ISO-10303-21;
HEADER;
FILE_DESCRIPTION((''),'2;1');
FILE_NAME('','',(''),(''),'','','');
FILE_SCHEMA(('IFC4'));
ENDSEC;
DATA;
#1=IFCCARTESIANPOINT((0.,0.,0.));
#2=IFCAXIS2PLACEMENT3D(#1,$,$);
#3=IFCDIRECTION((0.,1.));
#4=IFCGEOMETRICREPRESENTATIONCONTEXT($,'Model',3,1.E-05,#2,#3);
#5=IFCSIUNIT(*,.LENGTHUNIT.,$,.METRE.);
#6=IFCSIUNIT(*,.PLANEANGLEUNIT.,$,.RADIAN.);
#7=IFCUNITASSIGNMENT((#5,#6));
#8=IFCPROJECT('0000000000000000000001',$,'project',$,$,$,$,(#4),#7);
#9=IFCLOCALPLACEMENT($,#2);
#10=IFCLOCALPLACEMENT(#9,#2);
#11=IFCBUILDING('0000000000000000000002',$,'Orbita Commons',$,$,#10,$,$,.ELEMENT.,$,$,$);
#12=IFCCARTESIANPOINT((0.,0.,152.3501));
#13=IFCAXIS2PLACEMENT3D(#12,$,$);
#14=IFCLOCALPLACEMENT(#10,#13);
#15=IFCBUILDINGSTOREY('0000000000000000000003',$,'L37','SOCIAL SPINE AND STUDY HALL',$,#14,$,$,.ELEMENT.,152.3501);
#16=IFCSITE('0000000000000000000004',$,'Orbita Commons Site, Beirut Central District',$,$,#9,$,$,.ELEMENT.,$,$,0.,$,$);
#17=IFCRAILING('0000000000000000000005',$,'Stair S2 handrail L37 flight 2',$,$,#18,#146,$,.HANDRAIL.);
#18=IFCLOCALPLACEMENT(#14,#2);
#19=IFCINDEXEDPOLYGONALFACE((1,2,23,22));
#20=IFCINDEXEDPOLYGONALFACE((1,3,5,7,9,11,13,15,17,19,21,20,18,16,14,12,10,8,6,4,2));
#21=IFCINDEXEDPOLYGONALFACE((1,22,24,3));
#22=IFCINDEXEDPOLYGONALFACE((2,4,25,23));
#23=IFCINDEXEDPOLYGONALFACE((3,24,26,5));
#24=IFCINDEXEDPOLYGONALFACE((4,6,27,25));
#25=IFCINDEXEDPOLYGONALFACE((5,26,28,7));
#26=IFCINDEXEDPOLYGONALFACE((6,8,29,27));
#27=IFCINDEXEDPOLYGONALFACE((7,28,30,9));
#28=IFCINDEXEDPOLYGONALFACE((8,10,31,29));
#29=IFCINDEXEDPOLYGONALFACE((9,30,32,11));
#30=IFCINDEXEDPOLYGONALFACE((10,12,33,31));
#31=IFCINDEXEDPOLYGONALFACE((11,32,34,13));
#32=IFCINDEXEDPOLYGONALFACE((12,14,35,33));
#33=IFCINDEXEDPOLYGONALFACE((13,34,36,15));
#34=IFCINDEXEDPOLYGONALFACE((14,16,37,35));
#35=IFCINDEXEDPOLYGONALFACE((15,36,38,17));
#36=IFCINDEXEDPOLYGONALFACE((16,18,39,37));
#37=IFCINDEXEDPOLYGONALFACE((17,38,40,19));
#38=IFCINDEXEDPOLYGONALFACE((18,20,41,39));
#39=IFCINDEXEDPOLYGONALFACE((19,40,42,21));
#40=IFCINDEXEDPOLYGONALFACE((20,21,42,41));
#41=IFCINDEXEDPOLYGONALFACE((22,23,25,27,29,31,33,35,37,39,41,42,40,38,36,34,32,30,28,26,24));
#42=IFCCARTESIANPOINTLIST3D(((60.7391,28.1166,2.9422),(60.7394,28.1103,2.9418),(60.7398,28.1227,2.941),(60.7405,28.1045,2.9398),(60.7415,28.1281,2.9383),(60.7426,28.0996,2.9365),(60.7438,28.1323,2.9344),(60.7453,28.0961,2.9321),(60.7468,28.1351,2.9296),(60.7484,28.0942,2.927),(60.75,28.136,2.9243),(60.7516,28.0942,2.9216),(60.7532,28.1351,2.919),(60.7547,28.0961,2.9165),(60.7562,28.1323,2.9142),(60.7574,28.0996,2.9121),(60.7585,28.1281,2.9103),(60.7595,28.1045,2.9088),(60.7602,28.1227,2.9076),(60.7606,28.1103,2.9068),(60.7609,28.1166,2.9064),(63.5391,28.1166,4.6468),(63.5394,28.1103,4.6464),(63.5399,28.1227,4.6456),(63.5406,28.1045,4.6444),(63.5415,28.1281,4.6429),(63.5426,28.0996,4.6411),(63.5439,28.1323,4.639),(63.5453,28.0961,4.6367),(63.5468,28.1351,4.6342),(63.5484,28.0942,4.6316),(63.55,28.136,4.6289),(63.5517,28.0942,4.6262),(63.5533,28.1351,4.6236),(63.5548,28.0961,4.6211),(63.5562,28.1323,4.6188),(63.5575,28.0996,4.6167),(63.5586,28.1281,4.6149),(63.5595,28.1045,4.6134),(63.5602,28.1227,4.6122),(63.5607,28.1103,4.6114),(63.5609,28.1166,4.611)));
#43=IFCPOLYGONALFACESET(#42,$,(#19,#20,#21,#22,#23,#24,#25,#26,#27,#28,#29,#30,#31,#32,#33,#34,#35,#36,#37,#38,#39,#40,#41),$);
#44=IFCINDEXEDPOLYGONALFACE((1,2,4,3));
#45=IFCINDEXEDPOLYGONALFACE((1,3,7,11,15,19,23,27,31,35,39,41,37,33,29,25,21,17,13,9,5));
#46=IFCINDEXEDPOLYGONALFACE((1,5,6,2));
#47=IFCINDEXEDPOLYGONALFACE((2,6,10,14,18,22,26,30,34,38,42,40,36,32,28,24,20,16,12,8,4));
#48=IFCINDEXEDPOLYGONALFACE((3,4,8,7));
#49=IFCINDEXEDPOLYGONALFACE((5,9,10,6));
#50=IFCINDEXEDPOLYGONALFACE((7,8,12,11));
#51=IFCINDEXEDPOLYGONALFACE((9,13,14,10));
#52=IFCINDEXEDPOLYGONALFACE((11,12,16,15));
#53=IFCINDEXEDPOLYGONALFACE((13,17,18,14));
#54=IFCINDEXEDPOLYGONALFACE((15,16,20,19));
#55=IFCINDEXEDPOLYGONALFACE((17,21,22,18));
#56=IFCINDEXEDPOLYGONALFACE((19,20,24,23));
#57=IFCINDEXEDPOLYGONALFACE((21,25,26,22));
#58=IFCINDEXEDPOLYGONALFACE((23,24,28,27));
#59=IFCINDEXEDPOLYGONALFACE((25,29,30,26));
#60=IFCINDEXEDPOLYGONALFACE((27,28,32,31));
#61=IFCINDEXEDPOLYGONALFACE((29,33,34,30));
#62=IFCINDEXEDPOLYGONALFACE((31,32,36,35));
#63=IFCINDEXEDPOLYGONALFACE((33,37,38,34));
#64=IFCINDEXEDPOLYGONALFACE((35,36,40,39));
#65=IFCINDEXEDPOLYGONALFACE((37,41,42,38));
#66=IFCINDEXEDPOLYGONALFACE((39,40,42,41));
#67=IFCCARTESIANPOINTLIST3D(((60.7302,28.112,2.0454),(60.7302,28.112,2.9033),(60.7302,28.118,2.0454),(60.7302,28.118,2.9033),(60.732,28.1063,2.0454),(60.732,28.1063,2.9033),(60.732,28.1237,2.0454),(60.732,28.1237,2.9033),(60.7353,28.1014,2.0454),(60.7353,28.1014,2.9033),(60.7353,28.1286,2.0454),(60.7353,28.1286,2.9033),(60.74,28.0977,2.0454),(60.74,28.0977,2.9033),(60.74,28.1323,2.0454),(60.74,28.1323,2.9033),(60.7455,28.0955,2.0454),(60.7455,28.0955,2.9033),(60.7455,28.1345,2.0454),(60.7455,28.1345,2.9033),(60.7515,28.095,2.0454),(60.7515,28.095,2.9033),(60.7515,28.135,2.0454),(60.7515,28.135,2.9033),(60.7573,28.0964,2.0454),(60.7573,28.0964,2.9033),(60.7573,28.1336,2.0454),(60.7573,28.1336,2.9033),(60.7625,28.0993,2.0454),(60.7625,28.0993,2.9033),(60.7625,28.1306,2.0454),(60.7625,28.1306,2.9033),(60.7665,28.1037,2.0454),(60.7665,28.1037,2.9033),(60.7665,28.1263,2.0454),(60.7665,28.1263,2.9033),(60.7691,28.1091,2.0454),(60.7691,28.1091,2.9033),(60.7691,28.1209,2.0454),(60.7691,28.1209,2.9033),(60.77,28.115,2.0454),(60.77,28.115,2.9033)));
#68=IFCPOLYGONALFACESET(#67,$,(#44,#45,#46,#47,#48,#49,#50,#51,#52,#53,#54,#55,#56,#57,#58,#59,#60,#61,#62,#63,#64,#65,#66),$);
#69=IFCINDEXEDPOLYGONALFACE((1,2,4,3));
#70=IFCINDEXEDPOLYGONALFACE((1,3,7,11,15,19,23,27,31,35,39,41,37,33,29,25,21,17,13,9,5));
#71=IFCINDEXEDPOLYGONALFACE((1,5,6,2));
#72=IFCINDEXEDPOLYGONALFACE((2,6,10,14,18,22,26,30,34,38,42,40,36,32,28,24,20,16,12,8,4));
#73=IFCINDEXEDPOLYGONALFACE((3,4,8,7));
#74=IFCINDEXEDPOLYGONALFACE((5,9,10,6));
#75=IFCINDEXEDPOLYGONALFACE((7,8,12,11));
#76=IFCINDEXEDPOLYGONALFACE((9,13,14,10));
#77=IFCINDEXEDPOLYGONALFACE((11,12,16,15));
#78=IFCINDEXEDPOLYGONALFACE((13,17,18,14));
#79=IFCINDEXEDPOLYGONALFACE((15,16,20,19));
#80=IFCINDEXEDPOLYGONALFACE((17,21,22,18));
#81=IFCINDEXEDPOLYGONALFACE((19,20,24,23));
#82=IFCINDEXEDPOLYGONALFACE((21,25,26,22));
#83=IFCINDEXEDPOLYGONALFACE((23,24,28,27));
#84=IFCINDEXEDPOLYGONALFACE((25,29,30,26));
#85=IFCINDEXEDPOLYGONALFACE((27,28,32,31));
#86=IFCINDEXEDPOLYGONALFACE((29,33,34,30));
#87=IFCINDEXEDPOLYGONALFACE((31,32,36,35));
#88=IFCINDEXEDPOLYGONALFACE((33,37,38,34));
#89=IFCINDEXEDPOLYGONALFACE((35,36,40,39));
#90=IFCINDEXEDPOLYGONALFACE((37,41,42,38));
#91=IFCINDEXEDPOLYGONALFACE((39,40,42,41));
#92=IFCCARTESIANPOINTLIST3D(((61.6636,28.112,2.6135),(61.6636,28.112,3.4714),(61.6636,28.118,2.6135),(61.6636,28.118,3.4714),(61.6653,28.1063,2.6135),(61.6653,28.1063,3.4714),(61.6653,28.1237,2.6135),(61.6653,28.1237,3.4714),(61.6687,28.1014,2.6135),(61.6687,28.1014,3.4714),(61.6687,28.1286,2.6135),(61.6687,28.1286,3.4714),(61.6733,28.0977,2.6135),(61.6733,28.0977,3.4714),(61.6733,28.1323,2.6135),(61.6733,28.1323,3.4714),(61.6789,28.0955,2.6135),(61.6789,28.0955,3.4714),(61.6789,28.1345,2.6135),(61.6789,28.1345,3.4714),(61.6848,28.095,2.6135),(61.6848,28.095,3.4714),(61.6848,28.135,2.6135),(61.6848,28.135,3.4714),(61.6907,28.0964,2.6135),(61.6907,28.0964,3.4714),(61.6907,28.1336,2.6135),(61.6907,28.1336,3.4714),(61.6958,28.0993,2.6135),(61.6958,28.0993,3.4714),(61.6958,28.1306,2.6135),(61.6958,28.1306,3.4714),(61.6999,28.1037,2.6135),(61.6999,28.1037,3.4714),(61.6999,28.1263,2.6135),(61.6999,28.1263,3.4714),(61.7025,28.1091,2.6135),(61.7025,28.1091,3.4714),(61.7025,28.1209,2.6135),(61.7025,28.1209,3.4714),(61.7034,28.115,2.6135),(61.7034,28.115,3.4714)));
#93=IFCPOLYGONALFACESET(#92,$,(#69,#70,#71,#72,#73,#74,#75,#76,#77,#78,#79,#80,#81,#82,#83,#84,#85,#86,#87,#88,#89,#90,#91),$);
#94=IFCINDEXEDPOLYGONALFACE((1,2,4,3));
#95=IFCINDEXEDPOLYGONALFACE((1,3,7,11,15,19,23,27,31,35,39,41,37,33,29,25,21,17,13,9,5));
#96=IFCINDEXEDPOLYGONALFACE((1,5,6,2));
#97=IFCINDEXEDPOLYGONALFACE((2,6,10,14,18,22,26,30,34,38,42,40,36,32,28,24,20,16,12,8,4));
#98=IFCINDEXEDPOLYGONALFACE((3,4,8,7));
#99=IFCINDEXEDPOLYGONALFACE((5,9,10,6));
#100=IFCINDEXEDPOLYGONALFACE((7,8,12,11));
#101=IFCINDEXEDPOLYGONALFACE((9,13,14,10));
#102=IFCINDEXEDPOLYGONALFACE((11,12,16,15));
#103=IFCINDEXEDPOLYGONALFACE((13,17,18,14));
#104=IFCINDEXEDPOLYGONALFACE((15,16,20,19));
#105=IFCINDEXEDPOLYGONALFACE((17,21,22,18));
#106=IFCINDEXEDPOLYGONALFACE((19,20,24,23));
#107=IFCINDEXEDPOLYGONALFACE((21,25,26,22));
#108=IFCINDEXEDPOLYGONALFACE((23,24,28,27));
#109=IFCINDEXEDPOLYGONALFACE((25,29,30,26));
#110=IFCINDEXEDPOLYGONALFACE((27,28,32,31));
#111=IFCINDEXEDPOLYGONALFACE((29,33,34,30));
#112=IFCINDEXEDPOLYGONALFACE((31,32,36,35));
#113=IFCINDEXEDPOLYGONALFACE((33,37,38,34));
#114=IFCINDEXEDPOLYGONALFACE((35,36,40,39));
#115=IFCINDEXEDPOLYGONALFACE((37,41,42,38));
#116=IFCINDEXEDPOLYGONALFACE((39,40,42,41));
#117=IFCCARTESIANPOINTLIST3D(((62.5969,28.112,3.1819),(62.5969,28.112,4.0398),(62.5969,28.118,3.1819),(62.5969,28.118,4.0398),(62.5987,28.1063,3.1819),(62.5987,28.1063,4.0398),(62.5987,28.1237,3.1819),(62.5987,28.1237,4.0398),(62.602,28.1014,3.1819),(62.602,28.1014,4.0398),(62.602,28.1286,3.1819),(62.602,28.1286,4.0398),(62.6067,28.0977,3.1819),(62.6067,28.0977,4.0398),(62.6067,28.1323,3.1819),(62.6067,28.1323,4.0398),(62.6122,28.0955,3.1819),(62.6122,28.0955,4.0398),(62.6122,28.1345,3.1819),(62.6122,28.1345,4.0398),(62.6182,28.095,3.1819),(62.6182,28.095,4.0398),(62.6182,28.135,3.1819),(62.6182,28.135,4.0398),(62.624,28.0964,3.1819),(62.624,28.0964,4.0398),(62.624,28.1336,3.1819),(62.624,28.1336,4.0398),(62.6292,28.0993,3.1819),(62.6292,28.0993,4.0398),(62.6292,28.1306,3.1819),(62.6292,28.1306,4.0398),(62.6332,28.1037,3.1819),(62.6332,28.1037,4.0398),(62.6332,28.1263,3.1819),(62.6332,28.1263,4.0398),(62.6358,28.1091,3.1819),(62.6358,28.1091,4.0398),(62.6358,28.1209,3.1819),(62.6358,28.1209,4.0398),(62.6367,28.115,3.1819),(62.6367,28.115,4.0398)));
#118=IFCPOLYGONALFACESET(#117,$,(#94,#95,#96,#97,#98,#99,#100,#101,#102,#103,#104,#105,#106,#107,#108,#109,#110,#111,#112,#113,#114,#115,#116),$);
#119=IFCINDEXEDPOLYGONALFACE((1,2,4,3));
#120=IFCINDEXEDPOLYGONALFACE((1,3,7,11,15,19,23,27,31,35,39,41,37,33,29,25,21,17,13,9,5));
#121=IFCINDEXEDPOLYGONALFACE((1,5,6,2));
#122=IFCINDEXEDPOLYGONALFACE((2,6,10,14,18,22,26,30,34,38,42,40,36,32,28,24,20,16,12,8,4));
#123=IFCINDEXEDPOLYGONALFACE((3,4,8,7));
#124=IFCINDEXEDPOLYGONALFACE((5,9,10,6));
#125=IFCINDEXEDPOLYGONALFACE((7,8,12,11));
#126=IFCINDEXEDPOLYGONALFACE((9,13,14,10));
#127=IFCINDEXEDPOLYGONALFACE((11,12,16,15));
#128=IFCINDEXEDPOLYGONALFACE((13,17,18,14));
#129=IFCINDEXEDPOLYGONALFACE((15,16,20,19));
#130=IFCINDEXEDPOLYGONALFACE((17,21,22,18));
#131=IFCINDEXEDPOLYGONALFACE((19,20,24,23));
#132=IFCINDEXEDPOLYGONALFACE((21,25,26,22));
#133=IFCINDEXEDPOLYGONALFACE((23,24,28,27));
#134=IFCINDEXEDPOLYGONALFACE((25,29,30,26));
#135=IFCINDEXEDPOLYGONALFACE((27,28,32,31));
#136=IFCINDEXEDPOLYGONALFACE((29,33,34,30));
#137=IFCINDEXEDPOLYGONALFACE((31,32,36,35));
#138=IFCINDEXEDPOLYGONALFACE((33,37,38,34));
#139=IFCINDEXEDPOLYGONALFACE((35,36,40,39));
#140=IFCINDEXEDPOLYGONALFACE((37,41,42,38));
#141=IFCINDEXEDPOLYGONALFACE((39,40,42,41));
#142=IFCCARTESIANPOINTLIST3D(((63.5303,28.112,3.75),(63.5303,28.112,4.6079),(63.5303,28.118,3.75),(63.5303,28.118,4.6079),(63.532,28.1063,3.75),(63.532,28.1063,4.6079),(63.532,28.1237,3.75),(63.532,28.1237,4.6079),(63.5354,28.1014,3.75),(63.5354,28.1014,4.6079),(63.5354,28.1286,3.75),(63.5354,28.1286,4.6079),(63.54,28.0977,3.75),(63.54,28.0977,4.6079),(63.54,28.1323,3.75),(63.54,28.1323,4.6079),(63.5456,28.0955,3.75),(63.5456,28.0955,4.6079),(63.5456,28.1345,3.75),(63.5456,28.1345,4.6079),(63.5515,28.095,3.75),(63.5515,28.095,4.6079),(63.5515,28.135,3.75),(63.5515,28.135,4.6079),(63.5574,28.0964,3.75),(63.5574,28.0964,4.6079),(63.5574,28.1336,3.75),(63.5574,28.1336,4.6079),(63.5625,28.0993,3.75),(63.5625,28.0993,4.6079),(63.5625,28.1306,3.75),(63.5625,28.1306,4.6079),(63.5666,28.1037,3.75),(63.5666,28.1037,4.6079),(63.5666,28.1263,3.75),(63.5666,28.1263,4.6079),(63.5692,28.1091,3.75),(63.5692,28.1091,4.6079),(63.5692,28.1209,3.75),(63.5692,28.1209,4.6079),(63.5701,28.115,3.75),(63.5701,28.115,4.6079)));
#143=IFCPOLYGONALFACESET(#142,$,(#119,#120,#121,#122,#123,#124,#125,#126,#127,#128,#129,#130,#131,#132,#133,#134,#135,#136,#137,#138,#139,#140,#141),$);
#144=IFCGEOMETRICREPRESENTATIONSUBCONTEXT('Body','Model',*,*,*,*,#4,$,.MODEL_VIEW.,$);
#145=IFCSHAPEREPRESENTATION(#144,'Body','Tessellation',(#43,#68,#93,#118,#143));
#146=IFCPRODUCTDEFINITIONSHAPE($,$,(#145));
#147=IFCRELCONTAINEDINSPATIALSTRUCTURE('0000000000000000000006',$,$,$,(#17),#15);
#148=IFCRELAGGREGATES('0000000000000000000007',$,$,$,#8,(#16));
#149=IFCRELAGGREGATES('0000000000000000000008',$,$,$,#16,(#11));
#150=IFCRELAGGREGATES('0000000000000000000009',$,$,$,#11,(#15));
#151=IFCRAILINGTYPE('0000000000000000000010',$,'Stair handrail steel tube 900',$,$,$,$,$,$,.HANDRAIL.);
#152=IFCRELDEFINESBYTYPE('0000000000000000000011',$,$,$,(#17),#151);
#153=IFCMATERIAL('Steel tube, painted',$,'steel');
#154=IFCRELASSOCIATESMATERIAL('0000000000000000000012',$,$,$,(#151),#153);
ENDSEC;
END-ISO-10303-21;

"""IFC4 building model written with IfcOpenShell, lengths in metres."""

from ifc_helpers import new_model, si_unit, direction, frame, origin, origin_2d, place, context, subcontext, project, spatial, circle, extrude, material, type_object, element, save


model = new_model("IFC4")

# Units and contexts
model_context = context("Model", 3, precision=1e-05, world=origin(), true_north=direction((0.0, 1.0)))
body_context = subcontext(model_context, "Body", "Model", "MODEL_VIEW")
ifc_project = project(units=[si_unit("LENGTHUNIT", "METRE"), si_unit("PLANEANGLEUNIT", "RADIAN")], contexts=[model_context])

# Site, building, storey
site_placement = place(None, origin())
site = spatial("IfcSite", under=ifc_project, at=site_placement, Name="Orbita Commons Site, Beirut Central District", CompositionType="ELEMENT", RefElevation=0.0)
building_placement = place(site_placement, origin())
building = spatial("IfcBuilding", under=site, at=building_placement, Name="Orbita Commons", CompositionType="ELEMENT")
storey_placement = place(building_placement, frame((0.0, 0.0, 152.3501)))
storey = spatial("IfcBuildingStorey", under=building, at=storey_placement, Name="L37", Description="SOCIAL SPINE AND STUDY HALL", CompositionType="ELEMENT", Elevation=152.3501)

# Railing
ifc_material_1 = material(Name="Steel tube, painted", Category="steel")
railing_type = type_object("IfcRailingType", Name="Stair handrail steel tube 900", PredefinedType="HANDRAIL", material=ifc_material_1)
for number, where, name in (
    (1, (60.75, 28.115, 2.0454), "Stair S2 handrail L37 flight 2"),
):
    element("IfcRailing", number, at=place(storey_placement, frame(where)), inside=storey, type_object=railing_type, Name=name, PredefinedType="HANDRAIL", context=body_context, shape_type="SweptSolid", body=[
        extrude(circle(Radius=0.021, at=origin_2d()), frame((0.0, 0.0, 0.8789), z_axis=(0.85417, 0.0, 0.519994), x_axis=(0.0, 1.0, 0.0)), (0.0, 0.0, 1.0), 3.2781),
        extrude(circle(Radius=0.02, at=origin_2d()), origin(), (0.0, 0.0, 1.0), 0.8579),
        extrude(circle(Radius=0.02, at=origin_2d()), frame((0.9333, 0.0, 0.5681)), (0.0, 0.0, 1.0), 0.8579),
        extrude(circle(Radius=0.02, at=origin_2d()), frame((1.8667, 0.0, 1.1365)), (0.0, 0.0, 1.0), 0.8579),
        extrude(circle(Radius=0.02, at=origin_2d()), frame((2.8, 0.0, 1.7046)), (0.0, 0.0, 1.0), 0.8579),
    ])

save(model, "model.ifc")
